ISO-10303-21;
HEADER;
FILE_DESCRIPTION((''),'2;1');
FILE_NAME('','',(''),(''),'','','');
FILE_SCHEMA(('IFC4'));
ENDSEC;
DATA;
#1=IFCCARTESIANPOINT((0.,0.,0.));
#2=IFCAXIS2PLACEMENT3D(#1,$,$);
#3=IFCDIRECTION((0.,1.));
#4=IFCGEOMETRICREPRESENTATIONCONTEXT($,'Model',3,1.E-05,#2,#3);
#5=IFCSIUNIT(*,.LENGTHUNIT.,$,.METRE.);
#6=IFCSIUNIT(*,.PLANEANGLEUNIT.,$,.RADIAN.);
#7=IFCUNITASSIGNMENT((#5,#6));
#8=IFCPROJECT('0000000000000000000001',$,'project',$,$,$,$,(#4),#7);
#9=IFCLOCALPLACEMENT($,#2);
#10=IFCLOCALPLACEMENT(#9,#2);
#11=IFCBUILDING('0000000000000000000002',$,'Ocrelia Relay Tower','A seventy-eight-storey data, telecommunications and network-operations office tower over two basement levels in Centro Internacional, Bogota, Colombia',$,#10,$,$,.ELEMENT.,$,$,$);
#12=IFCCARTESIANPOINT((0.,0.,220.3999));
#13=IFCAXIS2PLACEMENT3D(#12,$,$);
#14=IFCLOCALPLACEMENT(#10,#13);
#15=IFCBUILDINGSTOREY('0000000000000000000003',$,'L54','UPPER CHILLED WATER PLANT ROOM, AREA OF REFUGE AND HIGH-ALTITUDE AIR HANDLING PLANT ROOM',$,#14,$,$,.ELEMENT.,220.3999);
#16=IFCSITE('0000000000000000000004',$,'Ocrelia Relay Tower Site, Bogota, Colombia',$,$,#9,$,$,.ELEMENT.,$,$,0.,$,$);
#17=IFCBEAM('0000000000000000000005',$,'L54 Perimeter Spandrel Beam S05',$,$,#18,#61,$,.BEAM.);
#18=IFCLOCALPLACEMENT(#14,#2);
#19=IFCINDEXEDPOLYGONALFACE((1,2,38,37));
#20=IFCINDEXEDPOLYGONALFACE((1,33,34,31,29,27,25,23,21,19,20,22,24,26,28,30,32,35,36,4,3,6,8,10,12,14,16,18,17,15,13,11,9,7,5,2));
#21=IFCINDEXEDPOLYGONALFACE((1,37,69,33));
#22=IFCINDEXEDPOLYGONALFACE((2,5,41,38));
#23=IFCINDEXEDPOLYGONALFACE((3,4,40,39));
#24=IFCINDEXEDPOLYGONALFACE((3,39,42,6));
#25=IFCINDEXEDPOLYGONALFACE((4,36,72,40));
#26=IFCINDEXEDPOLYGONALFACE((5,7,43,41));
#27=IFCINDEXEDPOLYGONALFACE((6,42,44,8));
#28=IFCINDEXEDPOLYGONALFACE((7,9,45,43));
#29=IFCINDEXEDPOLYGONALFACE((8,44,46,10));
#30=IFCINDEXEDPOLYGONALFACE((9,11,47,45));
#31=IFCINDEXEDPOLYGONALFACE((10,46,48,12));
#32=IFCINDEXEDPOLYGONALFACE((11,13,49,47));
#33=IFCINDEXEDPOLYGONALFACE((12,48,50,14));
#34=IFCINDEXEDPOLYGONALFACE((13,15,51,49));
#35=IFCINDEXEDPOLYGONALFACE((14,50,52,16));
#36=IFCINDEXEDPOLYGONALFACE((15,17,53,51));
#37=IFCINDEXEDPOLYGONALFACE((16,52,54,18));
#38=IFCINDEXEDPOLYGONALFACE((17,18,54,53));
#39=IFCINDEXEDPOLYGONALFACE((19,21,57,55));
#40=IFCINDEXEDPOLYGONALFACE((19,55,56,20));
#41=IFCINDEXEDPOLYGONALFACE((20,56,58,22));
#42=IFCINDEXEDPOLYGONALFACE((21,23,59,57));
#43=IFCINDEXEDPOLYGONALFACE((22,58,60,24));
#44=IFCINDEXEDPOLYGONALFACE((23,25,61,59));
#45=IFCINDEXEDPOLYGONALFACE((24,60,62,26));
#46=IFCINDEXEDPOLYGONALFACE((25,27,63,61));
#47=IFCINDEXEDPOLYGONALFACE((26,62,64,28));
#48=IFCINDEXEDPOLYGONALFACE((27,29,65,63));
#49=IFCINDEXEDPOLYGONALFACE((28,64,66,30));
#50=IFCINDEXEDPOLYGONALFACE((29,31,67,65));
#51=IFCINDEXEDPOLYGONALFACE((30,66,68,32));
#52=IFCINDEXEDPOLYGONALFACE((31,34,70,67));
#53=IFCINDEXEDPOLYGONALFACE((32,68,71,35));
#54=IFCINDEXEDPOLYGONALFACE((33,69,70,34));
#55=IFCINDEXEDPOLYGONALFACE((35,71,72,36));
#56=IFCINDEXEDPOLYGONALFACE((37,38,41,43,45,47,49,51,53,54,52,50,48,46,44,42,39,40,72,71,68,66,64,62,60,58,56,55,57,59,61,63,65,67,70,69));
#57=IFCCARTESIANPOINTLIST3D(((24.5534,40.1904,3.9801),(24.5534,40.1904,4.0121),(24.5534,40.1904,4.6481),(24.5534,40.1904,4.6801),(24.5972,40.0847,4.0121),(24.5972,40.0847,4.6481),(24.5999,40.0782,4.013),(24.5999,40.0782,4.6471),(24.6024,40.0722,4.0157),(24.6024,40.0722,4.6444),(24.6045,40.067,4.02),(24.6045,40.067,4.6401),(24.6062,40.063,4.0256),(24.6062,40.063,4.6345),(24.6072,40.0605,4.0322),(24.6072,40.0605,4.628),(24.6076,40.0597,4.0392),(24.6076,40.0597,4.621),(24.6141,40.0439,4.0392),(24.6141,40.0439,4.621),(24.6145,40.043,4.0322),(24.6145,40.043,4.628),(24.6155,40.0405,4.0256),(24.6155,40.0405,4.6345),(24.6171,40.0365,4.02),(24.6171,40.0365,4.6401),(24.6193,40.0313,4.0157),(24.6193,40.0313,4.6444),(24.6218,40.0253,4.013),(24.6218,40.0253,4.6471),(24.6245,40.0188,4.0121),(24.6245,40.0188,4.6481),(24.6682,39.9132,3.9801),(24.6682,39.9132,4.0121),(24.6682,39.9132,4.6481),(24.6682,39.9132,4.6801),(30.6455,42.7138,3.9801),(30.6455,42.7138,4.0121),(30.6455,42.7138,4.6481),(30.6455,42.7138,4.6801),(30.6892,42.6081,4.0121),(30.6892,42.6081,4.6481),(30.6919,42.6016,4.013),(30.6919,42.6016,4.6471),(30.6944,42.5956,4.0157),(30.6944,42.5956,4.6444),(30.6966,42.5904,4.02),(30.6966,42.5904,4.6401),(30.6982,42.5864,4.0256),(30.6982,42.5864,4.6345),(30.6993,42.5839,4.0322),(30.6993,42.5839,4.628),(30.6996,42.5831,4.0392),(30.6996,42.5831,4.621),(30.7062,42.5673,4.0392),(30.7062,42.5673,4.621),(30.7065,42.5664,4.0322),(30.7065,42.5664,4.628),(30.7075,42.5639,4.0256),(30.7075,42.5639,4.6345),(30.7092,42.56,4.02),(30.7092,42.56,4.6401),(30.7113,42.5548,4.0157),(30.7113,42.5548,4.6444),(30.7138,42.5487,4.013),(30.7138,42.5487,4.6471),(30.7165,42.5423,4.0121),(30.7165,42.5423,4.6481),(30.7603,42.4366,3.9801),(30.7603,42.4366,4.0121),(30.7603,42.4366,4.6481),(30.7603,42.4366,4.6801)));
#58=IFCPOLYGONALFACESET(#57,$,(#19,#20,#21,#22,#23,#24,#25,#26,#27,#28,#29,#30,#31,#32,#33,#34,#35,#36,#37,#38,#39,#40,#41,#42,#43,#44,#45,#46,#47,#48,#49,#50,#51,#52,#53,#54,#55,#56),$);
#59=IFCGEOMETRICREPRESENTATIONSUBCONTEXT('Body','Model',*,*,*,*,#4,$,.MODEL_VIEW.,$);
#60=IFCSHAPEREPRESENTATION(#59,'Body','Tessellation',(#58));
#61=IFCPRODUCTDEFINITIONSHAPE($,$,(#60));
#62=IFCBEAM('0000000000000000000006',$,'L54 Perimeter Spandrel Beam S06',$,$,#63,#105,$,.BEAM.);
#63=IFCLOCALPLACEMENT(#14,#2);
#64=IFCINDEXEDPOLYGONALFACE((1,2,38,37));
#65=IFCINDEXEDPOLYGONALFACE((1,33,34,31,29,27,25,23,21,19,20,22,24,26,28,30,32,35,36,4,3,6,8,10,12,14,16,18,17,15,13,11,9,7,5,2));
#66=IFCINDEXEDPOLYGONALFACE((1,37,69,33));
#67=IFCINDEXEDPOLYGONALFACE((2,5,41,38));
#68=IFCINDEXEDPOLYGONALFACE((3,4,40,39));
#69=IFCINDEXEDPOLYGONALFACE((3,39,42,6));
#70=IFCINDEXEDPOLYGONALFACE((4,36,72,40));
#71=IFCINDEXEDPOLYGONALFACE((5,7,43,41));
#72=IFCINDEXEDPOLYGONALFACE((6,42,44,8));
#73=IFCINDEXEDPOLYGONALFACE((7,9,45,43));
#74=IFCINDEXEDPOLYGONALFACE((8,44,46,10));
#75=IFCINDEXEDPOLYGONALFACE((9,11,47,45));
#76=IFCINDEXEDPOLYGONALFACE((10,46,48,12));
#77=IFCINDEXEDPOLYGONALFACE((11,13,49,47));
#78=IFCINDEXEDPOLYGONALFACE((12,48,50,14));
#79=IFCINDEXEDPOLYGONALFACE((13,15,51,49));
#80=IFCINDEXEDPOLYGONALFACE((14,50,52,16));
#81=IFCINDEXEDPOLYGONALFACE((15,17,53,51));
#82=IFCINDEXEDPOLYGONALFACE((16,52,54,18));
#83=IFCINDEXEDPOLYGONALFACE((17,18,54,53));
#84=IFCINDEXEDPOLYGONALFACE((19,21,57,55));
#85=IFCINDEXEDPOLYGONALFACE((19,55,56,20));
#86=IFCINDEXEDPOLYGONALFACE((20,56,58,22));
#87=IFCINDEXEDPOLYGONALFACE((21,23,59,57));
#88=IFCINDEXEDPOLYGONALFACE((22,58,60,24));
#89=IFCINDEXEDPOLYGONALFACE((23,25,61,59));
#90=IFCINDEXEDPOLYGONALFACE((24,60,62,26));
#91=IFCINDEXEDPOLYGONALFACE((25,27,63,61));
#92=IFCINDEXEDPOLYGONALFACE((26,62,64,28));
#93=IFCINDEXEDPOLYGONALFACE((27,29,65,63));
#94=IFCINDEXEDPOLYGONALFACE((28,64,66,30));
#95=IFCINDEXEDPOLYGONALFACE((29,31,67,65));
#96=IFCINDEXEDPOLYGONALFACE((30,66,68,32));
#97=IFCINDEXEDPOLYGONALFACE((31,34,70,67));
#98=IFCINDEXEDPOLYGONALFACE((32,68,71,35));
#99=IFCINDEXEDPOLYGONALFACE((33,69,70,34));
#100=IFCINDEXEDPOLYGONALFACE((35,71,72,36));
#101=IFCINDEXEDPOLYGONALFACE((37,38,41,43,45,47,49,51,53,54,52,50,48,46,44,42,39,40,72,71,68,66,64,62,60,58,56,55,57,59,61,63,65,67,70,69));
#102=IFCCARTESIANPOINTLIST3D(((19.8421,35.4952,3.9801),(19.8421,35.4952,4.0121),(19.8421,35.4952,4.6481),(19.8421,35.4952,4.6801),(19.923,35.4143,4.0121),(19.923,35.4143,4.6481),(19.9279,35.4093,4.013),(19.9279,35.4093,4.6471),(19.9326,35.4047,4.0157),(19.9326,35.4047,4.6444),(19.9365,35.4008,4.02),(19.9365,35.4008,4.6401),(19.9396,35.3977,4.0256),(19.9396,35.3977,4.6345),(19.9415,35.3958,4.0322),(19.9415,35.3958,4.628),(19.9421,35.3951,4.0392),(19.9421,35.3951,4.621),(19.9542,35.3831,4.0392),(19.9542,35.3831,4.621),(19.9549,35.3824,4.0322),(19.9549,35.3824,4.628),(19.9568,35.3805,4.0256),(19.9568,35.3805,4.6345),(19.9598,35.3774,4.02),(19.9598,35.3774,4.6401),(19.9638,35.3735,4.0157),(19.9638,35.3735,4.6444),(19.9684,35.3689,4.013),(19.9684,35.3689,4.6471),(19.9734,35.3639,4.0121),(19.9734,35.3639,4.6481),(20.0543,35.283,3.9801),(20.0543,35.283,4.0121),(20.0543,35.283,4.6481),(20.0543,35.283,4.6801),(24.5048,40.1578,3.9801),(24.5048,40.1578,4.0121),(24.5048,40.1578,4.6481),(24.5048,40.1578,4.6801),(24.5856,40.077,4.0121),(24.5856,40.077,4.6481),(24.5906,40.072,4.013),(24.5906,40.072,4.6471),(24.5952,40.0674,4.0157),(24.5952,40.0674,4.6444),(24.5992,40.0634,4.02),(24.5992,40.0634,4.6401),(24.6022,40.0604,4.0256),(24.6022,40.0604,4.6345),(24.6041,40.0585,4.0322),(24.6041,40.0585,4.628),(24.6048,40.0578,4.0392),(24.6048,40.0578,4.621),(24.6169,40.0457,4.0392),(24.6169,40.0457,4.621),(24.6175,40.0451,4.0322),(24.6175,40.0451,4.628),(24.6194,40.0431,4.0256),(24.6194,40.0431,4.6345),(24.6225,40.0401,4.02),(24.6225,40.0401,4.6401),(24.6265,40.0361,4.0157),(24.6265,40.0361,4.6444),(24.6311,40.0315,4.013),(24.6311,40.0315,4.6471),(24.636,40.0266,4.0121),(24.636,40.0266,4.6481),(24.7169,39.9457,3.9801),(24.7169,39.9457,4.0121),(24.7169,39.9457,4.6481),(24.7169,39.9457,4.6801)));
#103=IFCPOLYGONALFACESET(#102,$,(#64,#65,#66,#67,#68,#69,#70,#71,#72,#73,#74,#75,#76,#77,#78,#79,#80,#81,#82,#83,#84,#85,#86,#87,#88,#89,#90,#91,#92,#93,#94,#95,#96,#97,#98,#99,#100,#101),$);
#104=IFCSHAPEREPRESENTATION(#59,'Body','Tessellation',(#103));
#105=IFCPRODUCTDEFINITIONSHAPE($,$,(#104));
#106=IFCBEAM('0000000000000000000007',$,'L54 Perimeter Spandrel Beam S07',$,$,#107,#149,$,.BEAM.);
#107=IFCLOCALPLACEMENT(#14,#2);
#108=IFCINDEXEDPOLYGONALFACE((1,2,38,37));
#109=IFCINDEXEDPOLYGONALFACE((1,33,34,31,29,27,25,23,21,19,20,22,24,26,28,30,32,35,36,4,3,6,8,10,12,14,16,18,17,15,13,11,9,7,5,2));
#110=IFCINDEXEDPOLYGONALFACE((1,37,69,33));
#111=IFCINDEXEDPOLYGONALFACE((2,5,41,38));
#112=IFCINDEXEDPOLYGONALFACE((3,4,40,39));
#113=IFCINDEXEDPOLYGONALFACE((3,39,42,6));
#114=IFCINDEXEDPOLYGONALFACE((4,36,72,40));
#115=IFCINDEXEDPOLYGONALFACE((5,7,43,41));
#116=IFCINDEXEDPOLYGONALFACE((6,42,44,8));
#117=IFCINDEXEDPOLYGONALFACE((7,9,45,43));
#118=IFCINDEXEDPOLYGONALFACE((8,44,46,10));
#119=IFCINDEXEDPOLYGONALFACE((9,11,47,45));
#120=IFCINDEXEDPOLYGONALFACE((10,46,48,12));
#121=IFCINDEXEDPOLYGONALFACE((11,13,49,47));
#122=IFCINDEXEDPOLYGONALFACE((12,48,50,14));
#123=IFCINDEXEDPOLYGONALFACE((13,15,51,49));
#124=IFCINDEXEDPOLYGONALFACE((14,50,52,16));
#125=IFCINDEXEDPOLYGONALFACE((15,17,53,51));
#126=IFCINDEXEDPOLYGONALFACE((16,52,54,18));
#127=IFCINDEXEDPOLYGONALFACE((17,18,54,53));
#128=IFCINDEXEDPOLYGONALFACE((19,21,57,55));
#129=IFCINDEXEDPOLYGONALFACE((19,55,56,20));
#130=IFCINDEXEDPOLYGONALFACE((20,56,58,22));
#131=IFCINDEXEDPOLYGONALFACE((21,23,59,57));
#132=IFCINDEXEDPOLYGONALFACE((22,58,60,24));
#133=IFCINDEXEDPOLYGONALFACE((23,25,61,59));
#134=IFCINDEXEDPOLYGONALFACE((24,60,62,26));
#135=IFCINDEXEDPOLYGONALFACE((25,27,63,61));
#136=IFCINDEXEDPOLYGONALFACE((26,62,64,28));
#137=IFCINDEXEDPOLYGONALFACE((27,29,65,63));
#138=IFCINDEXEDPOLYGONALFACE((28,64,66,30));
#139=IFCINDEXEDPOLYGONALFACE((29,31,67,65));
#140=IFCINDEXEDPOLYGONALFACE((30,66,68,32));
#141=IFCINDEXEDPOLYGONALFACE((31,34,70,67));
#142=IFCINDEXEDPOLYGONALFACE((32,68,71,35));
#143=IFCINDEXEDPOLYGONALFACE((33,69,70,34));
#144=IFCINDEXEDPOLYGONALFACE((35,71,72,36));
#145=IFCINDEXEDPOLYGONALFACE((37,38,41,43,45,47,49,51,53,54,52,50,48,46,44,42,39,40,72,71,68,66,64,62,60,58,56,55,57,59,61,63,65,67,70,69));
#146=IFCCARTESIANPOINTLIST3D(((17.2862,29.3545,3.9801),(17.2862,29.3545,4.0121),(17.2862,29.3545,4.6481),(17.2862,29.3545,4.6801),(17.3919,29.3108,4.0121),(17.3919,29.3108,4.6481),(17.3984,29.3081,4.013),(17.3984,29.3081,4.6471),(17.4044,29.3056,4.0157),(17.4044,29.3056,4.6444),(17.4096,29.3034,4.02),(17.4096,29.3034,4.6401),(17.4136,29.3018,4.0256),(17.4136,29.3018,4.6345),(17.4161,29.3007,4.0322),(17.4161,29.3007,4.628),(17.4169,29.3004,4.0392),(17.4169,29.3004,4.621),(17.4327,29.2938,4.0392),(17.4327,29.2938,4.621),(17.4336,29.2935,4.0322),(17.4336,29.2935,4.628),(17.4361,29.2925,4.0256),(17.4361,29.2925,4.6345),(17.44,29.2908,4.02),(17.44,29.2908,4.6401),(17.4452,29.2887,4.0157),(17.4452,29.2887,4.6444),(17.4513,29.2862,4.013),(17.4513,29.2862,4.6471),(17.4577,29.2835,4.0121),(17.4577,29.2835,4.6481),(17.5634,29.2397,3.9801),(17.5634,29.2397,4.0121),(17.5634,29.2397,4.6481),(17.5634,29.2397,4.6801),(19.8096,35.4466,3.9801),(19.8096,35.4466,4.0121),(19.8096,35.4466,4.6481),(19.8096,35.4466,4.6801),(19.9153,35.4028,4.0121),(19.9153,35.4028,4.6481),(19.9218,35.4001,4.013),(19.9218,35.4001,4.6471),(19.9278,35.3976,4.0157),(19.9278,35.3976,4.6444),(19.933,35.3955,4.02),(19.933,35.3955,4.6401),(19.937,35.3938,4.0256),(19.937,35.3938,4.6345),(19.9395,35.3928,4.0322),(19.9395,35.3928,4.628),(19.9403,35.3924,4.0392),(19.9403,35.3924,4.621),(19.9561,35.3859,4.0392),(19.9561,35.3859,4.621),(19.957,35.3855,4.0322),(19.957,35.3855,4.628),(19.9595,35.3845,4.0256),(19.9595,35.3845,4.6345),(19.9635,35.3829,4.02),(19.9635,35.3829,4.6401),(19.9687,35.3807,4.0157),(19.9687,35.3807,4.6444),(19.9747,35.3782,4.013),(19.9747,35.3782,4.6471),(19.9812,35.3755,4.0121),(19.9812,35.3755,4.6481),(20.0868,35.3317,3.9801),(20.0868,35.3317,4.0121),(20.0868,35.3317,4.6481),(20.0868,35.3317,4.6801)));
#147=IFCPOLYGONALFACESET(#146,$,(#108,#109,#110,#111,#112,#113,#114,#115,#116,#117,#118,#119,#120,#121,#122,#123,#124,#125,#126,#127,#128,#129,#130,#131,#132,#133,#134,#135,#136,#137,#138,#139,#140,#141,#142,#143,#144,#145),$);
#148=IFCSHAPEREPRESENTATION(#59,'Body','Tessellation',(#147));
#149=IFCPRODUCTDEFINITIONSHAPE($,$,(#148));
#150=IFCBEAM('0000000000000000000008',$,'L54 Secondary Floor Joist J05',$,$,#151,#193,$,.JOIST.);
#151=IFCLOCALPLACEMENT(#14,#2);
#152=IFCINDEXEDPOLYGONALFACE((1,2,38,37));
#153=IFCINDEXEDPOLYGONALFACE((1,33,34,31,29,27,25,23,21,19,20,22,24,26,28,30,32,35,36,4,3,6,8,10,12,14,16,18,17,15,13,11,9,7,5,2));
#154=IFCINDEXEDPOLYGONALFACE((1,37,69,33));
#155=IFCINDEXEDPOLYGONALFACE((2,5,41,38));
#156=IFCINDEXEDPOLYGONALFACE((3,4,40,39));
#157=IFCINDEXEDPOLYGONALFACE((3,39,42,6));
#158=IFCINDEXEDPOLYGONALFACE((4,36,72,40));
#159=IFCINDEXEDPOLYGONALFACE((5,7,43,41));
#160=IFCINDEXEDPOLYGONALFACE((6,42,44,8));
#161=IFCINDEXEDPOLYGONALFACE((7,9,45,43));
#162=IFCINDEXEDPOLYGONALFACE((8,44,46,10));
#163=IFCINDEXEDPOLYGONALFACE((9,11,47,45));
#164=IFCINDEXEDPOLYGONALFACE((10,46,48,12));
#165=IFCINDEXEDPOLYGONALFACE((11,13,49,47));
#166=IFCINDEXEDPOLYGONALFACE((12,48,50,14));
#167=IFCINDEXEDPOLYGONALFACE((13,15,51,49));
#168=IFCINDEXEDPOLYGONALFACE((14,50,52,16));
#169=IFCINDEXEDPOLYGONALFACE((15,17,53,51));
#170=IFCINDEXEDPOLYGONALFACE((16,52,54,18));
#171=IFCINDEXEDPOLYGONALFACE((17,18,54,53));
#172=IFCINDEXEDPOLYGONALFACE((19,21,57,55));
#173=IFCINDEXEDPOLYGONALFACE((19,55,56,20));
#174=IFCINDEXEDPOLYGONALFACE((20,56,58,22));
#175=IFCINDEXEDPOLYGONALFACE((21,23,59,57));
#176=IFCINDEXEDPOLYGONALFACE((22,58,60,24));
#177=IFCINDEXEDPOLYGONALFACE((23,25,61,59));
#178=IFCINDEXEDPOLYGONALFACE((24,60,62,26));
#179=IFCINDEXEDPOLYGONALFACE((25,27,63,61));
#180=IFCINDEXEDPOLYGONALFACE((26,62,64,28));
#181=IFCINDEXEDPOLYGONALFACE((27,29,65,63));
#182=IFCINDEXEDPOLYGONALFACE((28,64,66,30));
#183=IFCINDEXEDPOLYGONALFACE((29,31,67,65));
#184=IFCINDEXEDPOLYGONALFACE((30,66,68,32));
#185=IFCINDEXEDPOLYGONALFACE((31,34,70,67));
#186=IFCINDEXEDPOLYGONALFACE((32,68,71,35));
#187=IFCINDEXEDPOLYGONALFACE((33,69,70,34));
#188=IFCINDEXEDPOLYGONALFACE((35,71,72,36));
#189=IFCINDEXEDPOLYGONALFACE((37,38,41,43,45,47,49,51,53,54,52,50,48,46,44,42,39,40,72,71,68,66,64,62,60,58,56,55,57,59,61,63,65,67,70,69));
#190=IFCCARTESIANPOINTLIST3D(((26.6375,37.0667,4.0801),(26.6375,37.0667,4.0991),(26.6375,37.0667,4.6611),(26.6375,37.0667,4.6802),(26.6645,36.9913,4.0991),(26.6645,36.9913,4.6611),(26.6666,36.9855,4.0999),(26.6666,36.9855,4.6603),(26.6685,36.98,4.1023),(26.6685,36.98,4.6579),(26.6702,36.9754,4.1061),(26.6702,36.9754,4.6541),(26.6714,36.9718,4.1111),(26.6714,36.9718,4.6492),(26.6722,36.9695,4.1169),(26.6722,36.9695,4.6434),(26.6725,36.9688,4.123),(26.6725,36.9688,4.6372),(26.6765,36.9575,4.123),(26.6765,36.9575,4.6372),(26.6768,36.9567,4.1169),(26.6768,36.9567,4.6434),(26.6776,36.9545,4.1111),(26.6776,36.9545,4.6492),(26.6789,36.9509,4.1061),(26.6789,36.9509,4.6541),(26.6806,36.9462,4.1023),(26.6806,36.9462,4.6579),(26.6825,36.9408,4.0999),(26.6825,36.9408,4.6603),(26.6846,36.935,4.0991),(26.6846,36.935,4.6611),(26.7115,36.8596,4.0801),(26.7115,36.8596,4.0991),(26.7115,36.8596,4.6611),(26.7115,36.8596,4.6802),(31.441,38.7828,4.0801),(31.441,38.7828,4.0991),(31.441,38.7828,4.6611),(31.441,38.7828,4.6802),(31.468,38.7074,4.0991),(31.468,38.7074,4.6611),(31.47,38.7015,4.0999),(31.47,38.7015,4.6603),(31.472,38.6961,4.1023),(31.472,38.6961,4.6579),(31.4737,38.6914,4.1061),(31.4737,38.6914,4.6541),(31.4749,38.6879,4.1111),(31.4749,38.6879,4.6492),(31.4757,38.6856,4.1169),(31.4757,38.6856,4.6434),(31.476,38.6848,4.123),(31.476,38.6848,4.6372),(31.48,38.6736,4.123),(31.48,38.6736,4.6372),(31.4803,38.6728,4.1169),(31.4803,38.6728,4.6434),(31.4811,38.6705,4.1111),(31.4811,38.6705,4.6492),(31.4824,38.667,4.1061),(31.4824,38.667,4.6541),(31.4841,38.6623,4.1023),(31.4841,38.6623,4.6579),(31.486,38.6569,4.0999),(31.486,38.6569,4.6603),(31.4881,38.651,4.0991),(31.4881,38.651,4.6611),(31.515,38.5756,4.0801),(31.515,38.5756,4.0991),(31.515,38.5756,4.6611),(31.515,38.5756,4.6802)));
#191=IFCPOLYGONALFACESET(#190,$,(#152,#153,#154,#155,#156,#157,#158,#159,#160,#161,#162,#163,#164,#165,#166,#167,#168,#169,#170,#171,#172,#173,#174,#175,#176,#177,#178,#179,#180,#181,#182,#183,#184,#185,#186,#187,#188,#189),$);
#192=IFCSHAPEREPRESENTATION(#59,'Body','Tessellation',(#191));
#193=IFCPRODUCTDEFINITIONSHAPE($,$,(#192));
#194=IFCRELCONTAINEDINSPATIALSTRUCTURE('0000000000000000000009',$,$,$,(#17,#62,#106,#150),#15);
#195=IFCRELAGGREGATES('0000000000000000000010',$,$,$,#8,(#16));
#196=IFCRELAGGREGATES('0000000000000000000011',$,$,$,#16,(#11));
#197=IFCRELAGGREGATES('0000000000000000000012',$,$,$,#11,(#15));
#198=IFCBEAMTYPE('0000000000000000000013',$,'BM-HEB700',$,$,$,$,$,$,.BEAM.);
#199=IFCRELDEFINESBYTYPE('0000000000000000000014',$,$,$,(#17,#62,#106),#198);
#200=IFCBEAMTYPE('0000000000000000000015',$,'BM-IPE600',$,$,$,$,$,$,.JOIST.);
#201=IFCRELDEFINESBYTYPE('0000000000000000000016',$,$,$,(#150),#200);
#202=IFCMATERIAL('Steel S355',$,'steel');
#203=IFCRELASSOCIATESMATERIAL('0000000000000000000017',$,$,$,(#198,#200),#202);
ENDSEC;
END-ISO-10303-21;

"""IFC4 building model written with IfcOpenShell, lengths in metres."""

from ifc_helpers import new_model, si_unit, direction, frame, origin, origin_2d, place, context, subcontext, project, spatial, i_section, extrude, material, material_profile, profile_set, type_object, element, save


model = new_model("IFC4")

# Units and contexts
model_context = context("Model", 3, precision=1e-05, world=origin(), true_north=direction((0.0, 1.0)))
body_context = subcontext(model_context, "Body", "Model", "MODEL_VIEW")
ifc_project = project(units=[si_unit("LENGTHUNIT", "METRE"), si_unit("PLANEANGLEUNIT", "RADIAN")], contexts=[model_context])

# Site, building, storey
site_placement = place(None, origin())
site = spatial("IfcSite", under=ifc_project, at=site_placement, Name="Ocrelia Relay Tower Site, Bogota, Colombia", CompositionType="ELEMENT", RefElevation=0.0)
building_placement = place(site_placement, origin())
building = spatial("IfcBuilding", under=site, at=building_placement, Name="Ocrelia Relay Tower", Description="A seventy-eight-storey data, telecommunications and network-operations office tower over two basement levels in Centro Internacional, Bogota, Colombia", CompositionType="ELEMENT")
storey_placement = place(building_placement, frame((0.0, 0.0, 220.3999)))
storey = spatial("IfcBuildingStorey", under=building, at=storey_placement, Name="L54", Description="UPPER CHILLED WATER PLANT ROOM, AREA OF REFUGE AND HIGH-ALTITUDE AIR HANDLING PLANT ROOM", CompositionType="ELEMENT", Elevation=220.3999)

# Beams
ifc_material_1 = material(Name="Steel S355", Category="steel")
ifc_material_profile_1 = material_profile(ifc_material_1, i_section(OverallWidth=0.3, OverallDepth=0.7, WebThickness=0.0171, FlangeThickness=0.032, FilletRadius=0.0271, at=origin_2d()), Name="HEB 700")
ifc_profile_set_1 = profile_set([ifc_material_profile_1], Name="Steel S355")
beam_type_1 = type_object("IfcBeamType", Name="BM-HEB700", PredefinedType="BEAM", material=ifc_profile_set_1)
for number, where, z_axis, x_axis, name in (
    (1, (30.7029, 42.5752, 4.3301), (-0.923878, -0.382688, 0.0), (0.382688, -0.923878, 0.0), "L54 Perimeter Spandrel Beam S05"),
    (2, (24.6108, 40.0518, 4.3301), (-0.707107, -0.707107, 0.0), (0.707107, -0.707107, 0.0), "L54 Perimeter Spandrel Beam S06"),
    (3, (19.9482, 35.3892, 4.3301), (-0.382688, -0.923878, 0.0), (0.923878, -0.382688, 0.0), "L54 Perimeter Spandrel Beam S07"),
):
    element("IfcBeam", number, at=place(storey_placement, frame(where, z_axis=z_axis, x_axis=x_axis)), inside=storey, type_object=beam_type_1, Name=name, PredefinedType="BEAM", context=body_context, shape_type="SweptSolid", body=[
        extrude(i_section(OverallWidth=0.3, OverallDepth=0.7, WebThickness=0.0171, FlangeThickness=0.032, FilletRadius=0.0271, at=origin_2d()), origin(), (0.0, 0.0, 1.0), 6.594),
    ])
ifc_material_profile_2 = material_profile(ifc_material_1, i_section(OverallWidth=0.22, OverallDepth=0.6001, WebThickness=0.012, FlangeThickness=0.019, FilletRadius=0.0239, at=origin_2d()), Name="IPE 600")
ifc_profile_set_2 = profile_set([ifc_material_profile_2], Name="Steel S355")
beam_type_2 = type_object("IfcBeamType", Name="BM-IPE600", PredefinedType="JOIST", material=ifc_profile_set_2)
beam_1_placement = place(storey_placement, frame((31.478, 38.6792, 4.3801), z_axis=(-0.941708, -0.33643, 0.0), x_axis=(0.33643, -0.941708, 0.0)))
element("IfcBeam", 4, at=beam_1_placement, inside=storey, type_object=beam_type_2, Name="L54 Secondary Floor Joist J05", PredefinedType="JOIST", context=body_context, shape_type="SweptSolid", body=[
    extrude(i_section(OverallWidth=0.22, OverallDepth=0.6001, WebThickness=0.012, FlangeThickness=0.019, FilletRadius=0.0239, at=origin_2d()), origin(), (0.0, 0.0, 1.0), 5.1008),
])

save(model, "model.ifc")
